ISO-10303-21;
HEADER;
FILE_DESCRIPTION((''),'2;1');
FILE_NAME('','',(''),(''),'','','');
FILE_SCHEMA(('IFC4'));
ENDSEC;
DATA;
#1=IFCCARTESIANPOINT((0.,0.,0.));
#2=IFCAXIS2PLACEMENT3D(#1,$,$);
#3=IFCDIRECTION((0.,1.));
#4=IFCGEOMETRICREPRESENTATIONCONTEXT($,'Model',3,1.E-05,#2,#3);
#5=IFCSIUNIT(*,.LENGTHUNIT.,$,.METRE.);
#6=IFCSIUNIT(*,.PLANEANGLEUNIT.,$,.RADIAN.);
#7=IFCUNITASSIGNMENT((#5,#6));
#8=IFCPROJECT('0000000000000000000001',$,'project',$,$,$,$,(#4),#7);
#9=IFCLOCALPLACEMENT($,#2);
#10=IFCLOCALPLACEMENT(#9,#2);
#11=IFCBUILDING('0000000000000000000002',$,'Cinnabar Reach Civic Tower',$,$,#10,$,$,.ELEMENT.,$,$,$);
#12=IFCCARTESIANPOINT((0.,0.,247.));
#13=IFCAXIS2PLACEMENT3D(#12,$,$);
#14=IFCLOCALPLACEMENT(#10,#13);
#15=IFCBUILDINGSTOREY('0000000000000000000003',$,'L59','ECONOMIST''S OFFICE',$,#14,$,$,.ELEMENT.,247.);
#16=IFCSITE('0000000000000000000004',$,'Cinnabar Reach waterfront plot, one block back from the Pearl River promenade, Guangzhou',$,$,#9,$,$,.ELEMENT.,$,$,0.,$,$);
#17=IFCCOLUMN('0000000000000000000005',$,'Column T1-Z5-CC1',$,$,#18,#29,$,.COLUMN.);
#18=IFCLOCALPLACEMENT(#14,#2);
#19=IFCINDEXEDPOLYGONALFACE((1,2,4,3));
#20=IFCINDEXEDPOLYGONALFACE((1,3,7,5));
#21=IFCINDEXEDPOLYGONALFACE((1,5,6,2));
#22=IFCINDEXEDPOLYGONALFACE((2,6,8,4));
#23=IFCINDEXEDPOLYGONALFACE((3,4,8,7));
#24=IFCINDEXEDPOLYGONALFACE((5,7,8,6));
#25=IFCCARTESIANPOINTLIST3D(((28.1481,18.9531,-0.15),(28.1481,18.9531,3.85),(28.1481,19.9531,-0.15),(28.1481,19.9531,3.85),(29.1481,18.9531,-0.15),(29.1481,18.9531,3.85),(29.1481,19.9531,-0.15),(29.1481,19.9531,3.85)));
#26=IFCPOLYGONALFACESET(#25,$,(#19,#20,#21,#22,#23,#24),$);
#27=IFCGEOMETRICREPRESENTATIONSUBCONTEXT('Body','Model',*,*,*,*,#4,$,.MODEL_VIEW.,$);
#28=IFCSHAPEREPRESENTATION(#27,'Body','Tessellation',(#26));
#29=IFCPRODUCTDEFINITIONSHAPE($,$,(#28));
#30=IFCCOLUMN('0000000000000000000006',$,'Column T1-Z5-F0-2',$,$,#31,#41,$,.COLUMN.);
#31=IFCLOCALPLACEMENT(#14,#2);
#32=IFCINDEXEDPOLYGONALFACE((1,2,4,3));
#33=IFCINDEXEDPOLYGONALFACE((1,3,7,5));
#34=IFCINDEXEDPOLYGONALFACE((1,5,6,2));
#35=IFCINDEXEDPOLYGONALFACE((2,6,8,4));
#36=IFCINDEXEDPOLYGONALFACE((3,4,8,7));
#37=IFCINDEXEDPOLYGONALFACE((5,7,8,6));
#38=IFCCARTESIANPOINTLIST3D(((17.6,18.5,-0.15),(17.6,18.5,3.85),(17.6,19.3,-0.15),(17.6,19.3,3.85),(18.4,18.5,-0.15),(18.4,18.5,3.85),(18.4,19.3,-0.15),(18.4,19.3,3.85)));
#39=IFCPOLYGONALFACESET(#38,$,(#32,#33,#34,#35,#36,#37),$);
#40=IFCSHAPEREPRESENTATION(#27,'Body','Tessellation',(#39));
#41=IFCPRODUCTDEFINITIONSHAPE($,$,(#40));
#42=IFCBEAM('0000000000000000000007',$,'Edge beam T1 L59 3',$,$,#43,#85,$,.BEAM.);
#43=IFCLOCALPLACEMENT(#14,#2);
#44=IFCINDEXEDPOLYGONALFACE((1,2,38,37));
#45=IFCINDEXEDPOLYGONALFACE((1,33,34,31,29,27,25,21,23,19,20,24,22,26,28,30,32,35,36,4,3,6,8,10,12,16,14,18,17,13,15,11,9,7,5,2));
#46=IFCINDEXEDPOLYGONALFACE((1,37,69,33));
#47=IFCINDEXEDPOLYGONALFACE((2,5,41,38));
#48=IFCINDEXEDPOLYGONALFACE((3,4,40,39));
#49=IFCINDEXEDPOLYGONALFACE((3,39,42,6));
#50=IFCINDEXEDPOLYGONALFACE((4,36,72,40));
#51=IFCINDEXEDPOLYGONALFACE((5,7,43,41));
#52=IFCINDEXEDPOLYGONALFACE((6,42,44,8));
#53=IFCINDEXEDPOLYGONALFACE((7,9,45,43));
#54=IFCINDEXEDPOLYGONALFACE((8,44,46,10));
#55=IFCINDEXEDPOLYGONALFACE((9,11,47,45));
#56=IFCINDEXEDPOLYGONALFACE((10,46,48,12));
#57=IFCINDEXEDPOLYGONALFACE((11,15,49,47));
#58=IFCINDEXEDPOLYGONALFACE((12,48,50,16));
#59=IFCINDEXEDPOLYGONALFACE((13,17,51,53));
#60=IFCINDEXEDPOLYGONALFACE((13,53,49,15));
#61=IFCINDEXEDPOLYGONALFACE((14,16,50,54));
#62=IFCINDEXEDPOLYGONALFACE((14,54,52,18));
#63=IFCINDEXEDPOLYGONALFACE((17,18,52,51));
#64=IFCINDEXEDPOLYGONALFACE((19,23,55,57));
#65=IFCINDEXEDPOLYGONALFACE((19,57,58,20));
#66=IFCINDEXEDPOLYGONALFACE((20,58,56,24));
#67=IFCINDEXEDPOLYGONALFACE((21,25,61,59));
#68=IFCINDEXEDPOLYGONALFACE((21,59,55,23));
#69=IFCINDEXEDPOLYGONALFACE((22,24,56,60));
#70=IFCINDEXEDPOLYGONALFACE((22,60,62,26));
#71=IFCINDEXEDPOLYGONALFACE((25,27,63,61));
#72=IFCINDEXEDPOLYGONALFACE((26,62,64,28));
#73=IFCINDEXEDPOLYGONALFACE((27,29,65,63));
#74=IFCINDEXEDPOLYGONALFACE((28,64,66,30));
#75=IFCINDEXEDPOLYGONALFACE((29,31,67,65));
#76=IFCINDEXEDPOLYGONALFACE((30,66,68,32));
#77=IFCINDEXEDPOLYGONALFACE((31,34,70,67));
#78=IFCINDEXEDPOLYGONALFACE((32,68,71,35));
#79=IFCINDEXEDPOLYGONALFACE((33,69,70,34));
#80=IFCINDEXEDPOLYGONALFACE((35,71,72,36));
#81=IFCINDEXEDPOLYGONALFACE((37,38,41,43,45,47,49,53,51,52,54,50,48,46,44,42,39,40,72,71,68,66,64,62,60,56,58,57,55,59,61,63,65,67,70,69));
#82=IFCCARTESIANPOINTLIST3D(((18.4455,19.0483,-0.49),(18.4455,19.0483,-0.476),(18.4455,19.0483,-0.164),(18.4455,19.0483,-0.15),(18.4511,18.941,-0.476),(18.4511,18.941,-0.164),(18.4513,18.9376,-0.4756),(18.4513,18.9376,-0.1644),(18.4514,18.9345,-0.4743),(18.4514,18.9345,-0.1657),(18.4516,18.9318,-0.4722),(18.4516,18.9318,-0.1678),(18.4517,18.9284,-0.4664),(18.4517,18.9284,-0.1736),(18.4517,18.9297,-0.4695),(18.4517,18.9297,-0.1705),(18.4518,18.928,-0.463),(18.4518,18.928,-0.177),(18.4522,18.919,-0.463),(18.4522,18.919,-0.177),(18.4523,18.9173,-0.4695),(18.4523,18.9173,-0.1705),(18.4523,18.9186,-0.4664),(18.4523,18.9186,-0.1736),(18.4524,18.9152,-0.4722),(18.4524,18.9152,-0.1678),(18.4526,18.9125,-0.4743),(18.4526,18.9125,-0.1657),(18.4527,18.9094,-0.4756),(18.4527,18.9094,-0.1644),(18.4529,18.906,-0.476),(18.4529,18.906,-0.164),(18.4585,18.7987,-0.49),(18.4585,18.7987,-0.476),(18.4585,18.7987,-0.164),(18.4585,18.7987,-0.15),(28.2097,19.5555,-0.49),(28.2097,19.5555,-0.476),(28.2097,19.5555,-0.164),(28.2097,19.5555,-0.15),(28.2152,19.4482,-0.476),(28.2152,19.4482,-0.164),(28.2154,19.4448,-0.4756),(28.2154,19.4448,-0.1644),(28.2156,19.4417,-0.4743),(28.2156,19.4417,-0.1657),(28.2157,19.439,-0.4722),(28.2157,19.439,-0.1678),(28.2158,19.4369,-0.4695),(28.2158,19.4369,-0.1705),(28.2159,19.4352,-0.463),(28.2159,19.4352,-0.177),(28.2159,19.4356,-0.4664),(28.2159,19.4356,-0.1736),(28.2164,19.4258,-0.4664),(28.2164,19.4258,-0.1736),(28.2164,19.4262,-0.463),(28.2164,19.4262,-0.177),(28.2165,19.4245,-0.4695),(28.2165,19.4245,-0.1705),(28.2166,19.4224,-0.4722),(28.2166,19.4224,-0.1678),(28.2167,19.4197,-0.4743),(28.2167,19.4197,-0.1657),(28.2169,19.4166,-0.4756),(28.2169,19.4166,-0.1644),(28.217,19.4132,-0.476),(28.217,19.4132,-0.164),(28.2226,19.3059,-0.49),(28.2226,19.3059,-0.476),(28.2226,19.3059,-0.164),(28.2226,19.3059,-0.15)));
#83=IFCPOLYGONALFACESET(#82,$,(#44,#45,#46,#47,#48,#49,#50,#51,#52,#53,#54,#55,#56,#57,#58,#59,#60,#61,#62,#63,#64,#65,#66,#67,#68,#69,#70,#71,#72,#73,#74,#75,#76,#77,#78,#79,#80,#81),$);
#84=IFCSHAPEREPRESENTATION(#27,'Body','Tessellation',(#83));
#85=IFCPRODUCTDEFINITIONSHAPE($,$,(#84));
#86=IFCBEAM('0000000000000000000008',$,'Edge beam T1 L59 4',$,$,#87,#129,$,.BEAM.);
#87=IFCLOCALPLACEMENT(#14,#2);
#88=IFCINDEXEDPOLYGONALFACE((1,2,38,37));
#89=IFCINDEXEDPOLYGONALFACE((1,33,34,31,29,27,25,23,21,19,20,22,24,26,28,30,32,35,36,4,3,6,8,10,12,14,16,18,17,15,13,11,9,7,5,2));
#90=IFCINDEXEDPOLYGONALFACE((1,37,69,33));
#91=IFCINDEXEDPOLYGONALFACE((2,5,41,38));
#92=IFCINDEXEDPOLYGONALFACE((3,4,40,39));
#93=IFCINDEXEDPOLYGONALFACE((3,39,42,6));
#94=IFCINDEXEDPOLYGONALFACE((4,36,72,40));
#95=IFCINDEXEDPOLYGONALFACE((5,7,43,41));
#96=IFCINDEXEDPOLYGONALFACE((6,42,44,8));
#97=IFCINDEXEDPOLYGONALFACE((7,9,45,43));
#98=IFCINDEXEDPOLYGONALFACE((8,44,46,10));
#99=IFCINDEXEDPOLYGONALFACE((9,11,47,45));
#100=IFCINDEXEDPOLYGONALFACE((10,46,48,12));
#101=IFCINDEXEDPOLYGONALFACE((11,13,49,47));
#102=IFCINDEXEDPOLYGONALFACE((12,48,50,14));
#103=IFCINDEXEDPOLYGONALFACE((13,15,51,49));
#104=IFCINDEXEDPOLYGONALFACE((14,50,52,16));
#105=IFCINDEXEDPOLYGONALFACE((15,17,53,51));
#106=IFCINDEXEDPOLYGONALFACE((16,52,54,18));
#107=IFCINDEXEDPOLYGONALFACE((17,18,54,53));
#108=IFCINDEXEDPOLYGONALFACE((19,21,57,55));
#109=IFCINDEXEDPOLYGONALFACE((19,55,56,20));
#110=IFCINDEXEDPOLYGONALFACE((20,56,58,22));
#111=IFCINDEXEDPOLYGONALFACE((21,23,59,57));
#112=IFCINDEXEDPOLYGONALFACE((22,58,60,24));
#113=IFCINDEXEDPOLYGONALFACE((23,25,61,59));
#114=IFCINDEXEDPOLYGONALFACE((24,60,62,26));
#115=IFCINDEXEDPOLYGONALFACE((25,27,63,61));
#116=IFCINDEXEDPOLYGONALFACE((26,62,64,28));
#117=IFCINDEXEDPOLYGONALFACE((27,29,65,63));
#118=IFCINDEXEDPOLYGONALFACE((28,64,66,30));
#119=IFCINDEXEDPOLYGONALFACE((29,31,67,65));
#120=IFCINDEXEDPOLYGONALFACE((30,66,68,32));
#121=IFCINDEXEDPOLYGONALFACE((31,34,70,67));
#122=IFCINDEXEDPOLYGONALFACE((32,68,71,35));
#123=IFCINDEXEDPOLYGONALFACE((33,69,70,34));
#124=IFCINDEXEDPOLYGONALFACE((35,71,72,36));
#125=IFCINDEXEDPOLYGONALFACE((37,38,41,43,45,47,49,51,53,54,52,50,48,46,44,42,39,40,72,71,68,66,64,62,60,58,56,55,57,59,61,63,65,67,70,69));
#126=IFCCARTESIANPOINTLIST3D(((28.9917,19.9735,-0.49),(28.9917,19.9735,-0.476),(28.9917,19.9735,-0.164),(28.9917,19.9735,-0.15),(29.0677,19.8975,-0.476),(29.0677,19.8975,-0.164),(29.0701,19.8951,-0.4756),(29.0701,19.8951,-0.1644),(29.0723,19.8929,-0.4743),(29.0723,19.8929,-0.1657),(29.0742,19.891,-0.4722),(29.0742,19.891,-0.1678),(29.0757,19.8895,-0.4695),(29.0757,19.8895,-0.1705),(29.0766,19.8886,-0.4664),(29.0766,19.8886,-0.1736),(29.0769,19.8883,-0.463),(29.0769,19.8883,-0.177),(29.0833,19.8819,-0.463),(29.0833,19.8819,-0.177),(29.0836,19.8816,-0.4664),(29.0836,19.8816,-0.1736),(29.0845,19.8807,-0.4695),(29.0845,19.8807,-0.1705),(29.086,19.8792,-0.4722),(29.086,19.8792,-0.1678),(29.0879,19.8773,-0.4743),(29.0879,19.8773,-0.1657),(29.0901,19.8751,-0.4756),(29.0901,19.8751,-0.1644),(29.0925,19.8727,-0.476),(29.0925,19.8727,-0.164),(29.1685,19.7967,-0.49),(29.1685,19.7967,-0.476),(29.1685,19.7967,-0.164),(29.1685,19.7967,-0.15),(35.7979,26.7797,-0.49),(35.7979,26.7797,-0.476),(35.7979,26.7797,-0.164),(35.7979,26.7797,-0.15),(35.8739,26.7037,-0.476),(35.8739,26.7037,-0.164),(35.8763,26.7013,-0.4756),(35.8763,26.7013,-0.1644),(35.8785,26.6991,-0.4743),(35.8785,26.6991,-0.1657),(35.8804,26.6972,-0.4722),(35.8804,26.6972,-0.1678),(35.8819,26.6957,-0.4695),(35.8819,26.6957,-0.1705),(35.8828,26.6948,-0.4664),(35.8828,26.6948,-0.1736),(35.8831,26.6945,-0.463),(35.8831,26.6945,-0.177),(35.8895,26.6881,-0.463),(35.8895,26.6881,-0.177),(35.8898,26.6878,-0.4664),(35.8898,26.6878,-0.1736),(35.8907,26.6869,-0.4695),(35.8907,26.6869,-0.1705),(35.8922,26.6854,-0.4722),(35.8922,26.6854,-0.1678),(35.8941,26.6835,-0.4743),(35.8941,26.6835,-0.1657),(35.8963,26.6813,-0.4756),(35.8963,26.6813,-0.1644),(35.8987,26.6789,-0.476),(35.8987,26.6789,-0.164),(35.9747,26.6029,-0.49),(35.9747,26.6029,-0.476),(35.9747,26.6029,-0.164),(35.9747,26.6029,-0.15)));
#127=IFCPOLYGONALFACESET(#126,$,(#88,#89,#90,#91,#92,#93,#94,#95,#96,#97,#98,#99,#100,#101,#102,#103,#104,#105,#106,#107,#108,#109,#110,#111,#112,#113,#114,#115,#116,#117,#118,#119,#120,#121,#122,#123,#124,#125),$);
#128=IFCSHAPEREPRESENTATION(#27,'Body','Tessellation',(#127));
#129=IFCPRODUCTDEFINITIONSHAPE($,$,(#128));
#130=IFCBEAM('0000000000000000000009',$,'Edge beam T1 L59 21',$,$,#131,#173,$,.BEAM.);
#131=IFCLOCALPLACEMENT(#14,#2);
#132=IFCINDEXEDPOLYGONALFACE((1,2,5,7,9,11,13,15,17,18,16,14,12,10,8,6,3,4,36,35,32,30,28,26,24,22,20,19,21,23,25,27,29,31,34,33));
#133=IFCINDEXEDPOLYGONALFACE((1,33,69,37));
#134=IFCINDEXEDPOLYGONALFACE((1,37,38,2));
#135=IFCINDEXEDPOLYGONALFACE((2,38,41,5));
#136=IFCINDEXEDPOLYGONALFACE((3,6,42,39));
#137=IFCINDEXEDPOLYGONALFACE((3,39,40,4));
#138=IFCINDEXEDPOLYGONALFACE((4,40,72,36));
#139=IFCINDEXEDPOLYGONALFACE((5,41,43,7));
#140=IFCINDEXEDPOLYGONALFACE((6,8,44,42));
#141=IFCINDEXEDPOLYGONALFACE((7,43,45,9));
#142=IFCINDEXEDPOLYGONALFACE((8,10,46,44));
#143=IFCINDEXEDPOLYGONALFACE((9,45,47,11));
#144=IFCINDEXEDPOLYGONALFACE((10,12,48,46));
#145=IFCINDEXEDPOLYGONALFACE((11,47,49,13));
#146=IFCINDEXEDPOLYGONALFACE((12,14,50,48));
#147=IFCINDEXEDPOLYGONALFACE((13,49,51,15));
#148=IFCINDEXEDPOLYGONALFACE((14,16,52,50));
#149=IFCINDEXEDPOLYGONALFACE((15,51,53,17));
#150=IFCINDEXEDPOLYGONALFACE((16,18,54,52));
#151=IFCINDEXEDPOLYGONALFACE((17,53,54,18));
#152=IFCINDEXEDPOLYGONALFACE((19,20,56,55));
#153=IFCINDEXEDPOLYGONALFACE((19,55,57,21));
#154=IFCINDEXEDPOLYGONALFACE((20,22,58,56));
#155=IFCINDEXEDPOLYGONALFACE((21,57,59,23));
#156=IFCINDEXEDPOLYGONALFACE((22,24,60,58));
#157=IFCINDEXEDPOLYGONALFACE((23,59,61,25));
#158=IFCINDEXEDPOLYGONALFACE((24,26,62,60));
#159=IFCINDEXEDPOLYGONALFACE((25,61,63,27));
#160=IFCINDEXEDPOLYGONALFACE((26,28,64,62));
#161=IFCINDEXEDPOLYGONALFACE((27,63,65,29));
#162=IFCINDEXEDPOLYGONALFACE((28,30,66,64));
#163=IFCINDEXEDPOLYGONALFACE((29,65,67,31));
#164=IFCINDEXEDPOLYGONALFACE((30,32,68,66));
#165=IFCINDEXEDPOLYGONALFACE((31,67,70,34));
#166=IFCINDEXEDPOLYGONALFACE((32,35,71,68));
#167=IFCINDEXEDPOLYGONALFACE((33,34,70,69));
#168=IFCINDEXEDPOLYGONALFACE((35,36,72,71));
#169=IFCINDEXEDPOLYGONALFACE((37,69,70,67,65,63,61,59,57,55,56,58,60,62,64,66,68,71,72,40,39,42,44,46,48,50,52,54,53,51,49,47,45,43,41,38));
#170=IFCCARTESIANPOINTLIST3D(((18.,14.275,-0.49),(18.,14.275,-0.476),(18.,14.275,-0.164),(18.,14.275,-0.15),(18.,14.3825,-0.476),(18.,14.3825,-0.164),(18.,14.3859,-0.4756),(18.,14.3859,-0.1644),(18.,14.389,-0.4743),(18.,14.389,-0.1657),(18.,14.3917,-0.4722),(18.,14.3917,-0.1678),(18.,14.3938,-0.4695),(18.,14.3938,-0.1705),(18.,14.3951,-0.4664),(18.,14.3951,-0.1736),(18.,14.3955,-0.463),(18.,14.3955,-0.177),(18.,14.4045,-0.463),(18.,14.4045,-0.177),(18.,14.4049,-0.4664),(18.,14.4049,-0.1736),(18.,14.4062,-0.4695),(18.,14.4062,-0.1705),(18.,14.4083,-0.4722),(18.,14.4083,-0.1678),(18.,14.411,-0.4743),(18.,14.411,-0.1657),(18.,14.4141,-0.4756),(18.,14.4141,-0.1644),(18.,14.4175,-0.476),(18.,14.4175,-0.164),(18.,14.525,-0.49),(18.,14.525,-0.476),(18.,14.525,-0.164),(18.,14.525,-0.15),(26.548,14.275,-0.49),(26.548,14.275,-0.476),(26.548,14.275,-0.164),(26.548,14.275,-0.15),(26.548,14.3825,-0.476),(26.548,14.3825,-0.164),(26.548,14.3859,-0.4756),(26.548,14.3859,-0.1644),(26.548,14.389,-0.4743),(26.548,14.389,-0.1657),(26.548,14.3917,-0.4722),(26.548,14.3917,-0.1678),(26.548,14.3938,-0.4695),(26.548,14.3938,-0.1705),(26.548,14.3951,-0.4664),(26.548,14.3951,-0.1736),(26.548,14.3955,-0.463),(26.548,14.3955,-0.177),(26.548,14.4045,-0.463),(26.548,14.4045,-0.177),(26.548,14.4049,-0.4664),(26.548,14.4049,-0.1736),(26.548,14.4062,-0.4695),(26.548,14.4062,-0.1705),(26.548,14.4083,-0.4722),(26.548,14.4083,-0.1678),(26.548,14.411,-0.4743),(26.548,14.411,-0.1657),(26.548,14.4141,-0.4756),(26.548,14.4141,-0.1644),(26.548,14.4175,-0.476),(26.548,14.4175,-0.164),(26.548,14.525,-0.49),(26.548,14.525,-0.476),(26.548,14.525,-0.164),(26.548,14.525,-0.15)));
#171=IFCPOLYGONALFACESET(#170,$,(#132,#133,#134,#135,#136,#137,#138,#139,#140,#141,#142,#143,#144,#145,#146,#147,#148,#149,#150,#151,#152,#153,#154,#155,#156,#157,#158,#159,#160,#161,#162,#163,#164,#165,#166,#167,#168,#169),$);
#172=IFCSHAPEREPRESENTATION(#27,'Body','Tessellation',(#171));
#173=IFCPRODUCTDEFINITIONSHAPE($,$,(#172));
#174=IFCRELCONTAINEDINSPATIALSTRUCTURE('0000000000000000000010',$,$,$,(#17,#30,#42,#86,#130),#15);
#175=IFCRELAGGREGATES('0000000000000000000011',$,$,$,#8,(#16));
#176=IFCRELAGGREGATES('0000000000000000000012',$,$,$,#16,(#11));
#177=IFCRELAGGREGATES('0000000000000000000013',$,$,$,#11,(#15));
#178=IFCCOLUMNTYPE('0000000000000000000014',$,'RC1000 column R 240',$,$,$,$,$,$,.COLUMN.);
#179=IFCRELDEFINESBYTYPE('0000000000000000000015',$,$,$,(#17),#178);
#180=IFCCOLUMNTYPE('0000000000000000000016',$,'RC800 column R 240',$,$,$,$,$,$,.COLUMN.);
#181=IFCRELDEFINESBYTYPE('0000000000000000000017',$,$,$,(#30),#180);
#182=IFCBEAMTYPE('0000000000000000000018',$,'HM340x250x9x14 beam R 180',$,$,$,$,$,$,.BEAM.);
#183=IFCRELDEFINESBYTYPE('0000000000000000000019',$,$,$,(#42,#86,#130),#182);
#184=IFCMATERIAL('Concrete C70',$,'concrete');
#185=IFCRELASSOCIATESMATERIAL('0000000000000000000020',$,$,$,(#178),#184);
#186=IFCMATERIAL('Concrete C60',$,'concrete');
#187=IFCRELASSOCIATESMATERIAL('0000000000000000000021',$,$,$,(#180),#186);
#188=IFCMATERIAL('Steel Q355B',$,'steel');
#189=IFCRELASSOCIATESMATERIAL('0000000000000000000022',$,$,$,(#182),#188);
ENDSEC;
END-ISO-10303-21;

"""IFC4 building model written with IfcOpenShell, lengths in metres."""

from ifc_helpers import new_model, si_unit, direction, frame, origin, origin_2d, place, context, subcontext, project, spatial, rectangle, i_section, extrude, material, material_profile, profile_set, type_object, element, save


model = new_model("IFC4")

# Units and contexts
model_context = context("Model", 3, precision=1e-05, world=origin(), true_north=direction((0.0, 1.0)))
body_context = subcontext(model_context, "Body", "Model", "MODEL_VIEW")
ifc_project = project(units=[si_unit("LENGTHUNIT", "METRE"), si_unit("PLANEANGLEUNIT", "RADIAN")], contexts=[model_context])

# Site, building, storey
site_placement = place(None, origin())
site = spatial("IfcSite", under=ifc_project, at=site_placement, Name="Cinnabar Reach waterfront plot, one block back from the Pearl River promenade, Guangzhou", CompositionType="ELEMENT", RefElevation=0.0)
building_placement = place(site_placement, origin())
building = spatial("IfcBuilding", under=site, at=building_placement, Name="Cinnabar Reach Civic Tower", CompositionType="ELEMENT")
storey_placement = place(building_placement, frame((0.0, 0.0, 247.0)))
storey = spatial("IfcBuildingStorey", under=building, at=storey_placement, Name="L59", Description="ECONOMIST'S OFFICE", CompositionType="ELEMENT", Elevation=247.0)

# Columns
ifc_material_1 = material(Name="Concrete C70", Category="concrete")
ifc_material_profile_1 = material_profile(ifc_material_1, rectangle(XDim=1.0, YDim=1.0, at=origin_2d()), Name="RC1000")
ifc_profile_set_1 = profile_set([ifc_material_profile_1], Name="Concrete C70")
column_type_1 = type_object("IfcColumnType", Name="RC1000 column R 240", PredefinedType="COLUMN", material=ifc_profile_set_1)
column_1_placement = place(storey_placement, frame((28.6481, 19.4531, -0.15), z_axis=(0.0, 0.0, 1.0), x_axis=(1.0, 0.0, 0.0)))
element("IfcColumn", 1, at=column_1_placement, inside=storey, type_object=column_type_1, Name="Column T1-Z5-CC1", PredefinedType="COLUMN", context=body_context, shape_type="SweptSolid", body=[
    extrude(rectangle(XDim=1.0, YDim=1.0, at=origin_2d()), origin(), (0.0, 0.0, 1.0), 4.0),
])
ifc_material_2 = material(Name="Concrete C60", Category="concrete")
ifc_material_profile_2 = material_profile(ifc_material_2, rectangle(XDim=0.8, YDim=0.8, at=origin_2d()), Name="RC800")
ifc_profile_set_2 = profile_set([ifc_material_profile_2], Name="Concrete C60")
column_type_2 = type_object("IfcColumnType", Name="RC800 column R 240", PredefinedType="COLUMN", material=ifc_profile_set_2)
column_2_placement = place(storey_placement, frame((18.0, 18.9, -0.15), z_axis=(0.0, 0.0, 1.0), x_axis=(1.0, 0.0, 0.0)))
element("IfcColumn", 2, at=column_2_placement, inside=storey, type_object=column_type_2, Name="Column T1-Z5-F0-2", PredefinedType="COLUMN", context=body_context, shape_type="SweptSolid", body=[
    extrude(rectangle(XDim=0.8, YDim=0.8, at=origin_2d()), origin(), (0.0, 0.0, 1.0), 4.0),
])

# Beams
ifc_material_3 = material(Name="Steel Q355B", Category="steel")
ifc_material_profile_3 = material_profile(ifc_material_3, i_section(OverallWidth=0.25, OverallDepth=0.34, WebThickness=0.009, FlangeThickness=0.014, FilletRadius=0.013, at=origin_2d()), Name="HM340x250x9x14")
ifc_profile_set_3 = profile_set([ifc_material_profile_3], Name="Steel Q355B")
beam_type_1 = type_object("IfcBeamType", Name="HM340x250x9x14 beam R 180", PredefinedType="BEAM", material=ifc_profile_set_3)
beam_1_placement = place(storey_placement, frame((18.452, 18.9235, -0.32), z_axis=(0.998654, 0.051875, 0.0), x_axis=(-0.051875, 0.998654, 0.0)))
element("IfcBeam", 3, at=beam_1_placement, inside=storey, type_object=beam_type_1, Name="Edge beam T1 L59 3", PredefinedType="BEAM", context=body_context, shape_type="SweptSolid", body=[
    extrude(i_section(OverallWidth=0.25, OverallDepth=0.34, WebThickness=0.009, FlangeThickness=0.014, FilletRadius=0.013, at=origin_2d()), origin(), (0.0, 0.0, 1.0), 9.7773),
])
beam_2_placement = place(storey_placement, frame((29.0801, 19.8851, -0.32), z_axis=(0.707107, 0.707107, 0.0), x_axis=(-0.707107, 0.707107, 0.0)))
element("IfcBeam", 4, at=beam_2_placement, inside=storey, type_object=beam_type_1, Name="Edge beam T1 L59 4", PredefinedType="BEAM", context=body_context, shape_type="SweptSolid", body=[
    extrude(i_section(OverallWidth=0.25, OverallDepth=0.34, WebThickness=0.009, FlangeThickness=0.014, FilletRadius=0.013, at=origin_2d()), origin(), (0.0, 0.0, 1.0), 9.6254),
])
beam_3_placement = place(storey_placement, frame((18.0, 14.4, -0.32), z_axis=(1.0, 0.0, 0.0), x_axis=(0.0, 1.0, 0.0)))
element("IfcBeam", 5, at=beam_3_placement, inside=storey, type_object=beam_type_1, Name="Edge beam T1 L59 21", PredefinedType="BEAM", context=body_context, shape_type="SweptSolid", body=[
    extrude(i_section(OverallWidth=0.25, OverallDepth=0.34, WebThickness=0.009, FlangeThickness=0.014, FilletRadius=0.013, at=origin_2d()), origin(), (0.0, 0.0, 1.0), 8.548),
])

save(model, "model.ifc")
